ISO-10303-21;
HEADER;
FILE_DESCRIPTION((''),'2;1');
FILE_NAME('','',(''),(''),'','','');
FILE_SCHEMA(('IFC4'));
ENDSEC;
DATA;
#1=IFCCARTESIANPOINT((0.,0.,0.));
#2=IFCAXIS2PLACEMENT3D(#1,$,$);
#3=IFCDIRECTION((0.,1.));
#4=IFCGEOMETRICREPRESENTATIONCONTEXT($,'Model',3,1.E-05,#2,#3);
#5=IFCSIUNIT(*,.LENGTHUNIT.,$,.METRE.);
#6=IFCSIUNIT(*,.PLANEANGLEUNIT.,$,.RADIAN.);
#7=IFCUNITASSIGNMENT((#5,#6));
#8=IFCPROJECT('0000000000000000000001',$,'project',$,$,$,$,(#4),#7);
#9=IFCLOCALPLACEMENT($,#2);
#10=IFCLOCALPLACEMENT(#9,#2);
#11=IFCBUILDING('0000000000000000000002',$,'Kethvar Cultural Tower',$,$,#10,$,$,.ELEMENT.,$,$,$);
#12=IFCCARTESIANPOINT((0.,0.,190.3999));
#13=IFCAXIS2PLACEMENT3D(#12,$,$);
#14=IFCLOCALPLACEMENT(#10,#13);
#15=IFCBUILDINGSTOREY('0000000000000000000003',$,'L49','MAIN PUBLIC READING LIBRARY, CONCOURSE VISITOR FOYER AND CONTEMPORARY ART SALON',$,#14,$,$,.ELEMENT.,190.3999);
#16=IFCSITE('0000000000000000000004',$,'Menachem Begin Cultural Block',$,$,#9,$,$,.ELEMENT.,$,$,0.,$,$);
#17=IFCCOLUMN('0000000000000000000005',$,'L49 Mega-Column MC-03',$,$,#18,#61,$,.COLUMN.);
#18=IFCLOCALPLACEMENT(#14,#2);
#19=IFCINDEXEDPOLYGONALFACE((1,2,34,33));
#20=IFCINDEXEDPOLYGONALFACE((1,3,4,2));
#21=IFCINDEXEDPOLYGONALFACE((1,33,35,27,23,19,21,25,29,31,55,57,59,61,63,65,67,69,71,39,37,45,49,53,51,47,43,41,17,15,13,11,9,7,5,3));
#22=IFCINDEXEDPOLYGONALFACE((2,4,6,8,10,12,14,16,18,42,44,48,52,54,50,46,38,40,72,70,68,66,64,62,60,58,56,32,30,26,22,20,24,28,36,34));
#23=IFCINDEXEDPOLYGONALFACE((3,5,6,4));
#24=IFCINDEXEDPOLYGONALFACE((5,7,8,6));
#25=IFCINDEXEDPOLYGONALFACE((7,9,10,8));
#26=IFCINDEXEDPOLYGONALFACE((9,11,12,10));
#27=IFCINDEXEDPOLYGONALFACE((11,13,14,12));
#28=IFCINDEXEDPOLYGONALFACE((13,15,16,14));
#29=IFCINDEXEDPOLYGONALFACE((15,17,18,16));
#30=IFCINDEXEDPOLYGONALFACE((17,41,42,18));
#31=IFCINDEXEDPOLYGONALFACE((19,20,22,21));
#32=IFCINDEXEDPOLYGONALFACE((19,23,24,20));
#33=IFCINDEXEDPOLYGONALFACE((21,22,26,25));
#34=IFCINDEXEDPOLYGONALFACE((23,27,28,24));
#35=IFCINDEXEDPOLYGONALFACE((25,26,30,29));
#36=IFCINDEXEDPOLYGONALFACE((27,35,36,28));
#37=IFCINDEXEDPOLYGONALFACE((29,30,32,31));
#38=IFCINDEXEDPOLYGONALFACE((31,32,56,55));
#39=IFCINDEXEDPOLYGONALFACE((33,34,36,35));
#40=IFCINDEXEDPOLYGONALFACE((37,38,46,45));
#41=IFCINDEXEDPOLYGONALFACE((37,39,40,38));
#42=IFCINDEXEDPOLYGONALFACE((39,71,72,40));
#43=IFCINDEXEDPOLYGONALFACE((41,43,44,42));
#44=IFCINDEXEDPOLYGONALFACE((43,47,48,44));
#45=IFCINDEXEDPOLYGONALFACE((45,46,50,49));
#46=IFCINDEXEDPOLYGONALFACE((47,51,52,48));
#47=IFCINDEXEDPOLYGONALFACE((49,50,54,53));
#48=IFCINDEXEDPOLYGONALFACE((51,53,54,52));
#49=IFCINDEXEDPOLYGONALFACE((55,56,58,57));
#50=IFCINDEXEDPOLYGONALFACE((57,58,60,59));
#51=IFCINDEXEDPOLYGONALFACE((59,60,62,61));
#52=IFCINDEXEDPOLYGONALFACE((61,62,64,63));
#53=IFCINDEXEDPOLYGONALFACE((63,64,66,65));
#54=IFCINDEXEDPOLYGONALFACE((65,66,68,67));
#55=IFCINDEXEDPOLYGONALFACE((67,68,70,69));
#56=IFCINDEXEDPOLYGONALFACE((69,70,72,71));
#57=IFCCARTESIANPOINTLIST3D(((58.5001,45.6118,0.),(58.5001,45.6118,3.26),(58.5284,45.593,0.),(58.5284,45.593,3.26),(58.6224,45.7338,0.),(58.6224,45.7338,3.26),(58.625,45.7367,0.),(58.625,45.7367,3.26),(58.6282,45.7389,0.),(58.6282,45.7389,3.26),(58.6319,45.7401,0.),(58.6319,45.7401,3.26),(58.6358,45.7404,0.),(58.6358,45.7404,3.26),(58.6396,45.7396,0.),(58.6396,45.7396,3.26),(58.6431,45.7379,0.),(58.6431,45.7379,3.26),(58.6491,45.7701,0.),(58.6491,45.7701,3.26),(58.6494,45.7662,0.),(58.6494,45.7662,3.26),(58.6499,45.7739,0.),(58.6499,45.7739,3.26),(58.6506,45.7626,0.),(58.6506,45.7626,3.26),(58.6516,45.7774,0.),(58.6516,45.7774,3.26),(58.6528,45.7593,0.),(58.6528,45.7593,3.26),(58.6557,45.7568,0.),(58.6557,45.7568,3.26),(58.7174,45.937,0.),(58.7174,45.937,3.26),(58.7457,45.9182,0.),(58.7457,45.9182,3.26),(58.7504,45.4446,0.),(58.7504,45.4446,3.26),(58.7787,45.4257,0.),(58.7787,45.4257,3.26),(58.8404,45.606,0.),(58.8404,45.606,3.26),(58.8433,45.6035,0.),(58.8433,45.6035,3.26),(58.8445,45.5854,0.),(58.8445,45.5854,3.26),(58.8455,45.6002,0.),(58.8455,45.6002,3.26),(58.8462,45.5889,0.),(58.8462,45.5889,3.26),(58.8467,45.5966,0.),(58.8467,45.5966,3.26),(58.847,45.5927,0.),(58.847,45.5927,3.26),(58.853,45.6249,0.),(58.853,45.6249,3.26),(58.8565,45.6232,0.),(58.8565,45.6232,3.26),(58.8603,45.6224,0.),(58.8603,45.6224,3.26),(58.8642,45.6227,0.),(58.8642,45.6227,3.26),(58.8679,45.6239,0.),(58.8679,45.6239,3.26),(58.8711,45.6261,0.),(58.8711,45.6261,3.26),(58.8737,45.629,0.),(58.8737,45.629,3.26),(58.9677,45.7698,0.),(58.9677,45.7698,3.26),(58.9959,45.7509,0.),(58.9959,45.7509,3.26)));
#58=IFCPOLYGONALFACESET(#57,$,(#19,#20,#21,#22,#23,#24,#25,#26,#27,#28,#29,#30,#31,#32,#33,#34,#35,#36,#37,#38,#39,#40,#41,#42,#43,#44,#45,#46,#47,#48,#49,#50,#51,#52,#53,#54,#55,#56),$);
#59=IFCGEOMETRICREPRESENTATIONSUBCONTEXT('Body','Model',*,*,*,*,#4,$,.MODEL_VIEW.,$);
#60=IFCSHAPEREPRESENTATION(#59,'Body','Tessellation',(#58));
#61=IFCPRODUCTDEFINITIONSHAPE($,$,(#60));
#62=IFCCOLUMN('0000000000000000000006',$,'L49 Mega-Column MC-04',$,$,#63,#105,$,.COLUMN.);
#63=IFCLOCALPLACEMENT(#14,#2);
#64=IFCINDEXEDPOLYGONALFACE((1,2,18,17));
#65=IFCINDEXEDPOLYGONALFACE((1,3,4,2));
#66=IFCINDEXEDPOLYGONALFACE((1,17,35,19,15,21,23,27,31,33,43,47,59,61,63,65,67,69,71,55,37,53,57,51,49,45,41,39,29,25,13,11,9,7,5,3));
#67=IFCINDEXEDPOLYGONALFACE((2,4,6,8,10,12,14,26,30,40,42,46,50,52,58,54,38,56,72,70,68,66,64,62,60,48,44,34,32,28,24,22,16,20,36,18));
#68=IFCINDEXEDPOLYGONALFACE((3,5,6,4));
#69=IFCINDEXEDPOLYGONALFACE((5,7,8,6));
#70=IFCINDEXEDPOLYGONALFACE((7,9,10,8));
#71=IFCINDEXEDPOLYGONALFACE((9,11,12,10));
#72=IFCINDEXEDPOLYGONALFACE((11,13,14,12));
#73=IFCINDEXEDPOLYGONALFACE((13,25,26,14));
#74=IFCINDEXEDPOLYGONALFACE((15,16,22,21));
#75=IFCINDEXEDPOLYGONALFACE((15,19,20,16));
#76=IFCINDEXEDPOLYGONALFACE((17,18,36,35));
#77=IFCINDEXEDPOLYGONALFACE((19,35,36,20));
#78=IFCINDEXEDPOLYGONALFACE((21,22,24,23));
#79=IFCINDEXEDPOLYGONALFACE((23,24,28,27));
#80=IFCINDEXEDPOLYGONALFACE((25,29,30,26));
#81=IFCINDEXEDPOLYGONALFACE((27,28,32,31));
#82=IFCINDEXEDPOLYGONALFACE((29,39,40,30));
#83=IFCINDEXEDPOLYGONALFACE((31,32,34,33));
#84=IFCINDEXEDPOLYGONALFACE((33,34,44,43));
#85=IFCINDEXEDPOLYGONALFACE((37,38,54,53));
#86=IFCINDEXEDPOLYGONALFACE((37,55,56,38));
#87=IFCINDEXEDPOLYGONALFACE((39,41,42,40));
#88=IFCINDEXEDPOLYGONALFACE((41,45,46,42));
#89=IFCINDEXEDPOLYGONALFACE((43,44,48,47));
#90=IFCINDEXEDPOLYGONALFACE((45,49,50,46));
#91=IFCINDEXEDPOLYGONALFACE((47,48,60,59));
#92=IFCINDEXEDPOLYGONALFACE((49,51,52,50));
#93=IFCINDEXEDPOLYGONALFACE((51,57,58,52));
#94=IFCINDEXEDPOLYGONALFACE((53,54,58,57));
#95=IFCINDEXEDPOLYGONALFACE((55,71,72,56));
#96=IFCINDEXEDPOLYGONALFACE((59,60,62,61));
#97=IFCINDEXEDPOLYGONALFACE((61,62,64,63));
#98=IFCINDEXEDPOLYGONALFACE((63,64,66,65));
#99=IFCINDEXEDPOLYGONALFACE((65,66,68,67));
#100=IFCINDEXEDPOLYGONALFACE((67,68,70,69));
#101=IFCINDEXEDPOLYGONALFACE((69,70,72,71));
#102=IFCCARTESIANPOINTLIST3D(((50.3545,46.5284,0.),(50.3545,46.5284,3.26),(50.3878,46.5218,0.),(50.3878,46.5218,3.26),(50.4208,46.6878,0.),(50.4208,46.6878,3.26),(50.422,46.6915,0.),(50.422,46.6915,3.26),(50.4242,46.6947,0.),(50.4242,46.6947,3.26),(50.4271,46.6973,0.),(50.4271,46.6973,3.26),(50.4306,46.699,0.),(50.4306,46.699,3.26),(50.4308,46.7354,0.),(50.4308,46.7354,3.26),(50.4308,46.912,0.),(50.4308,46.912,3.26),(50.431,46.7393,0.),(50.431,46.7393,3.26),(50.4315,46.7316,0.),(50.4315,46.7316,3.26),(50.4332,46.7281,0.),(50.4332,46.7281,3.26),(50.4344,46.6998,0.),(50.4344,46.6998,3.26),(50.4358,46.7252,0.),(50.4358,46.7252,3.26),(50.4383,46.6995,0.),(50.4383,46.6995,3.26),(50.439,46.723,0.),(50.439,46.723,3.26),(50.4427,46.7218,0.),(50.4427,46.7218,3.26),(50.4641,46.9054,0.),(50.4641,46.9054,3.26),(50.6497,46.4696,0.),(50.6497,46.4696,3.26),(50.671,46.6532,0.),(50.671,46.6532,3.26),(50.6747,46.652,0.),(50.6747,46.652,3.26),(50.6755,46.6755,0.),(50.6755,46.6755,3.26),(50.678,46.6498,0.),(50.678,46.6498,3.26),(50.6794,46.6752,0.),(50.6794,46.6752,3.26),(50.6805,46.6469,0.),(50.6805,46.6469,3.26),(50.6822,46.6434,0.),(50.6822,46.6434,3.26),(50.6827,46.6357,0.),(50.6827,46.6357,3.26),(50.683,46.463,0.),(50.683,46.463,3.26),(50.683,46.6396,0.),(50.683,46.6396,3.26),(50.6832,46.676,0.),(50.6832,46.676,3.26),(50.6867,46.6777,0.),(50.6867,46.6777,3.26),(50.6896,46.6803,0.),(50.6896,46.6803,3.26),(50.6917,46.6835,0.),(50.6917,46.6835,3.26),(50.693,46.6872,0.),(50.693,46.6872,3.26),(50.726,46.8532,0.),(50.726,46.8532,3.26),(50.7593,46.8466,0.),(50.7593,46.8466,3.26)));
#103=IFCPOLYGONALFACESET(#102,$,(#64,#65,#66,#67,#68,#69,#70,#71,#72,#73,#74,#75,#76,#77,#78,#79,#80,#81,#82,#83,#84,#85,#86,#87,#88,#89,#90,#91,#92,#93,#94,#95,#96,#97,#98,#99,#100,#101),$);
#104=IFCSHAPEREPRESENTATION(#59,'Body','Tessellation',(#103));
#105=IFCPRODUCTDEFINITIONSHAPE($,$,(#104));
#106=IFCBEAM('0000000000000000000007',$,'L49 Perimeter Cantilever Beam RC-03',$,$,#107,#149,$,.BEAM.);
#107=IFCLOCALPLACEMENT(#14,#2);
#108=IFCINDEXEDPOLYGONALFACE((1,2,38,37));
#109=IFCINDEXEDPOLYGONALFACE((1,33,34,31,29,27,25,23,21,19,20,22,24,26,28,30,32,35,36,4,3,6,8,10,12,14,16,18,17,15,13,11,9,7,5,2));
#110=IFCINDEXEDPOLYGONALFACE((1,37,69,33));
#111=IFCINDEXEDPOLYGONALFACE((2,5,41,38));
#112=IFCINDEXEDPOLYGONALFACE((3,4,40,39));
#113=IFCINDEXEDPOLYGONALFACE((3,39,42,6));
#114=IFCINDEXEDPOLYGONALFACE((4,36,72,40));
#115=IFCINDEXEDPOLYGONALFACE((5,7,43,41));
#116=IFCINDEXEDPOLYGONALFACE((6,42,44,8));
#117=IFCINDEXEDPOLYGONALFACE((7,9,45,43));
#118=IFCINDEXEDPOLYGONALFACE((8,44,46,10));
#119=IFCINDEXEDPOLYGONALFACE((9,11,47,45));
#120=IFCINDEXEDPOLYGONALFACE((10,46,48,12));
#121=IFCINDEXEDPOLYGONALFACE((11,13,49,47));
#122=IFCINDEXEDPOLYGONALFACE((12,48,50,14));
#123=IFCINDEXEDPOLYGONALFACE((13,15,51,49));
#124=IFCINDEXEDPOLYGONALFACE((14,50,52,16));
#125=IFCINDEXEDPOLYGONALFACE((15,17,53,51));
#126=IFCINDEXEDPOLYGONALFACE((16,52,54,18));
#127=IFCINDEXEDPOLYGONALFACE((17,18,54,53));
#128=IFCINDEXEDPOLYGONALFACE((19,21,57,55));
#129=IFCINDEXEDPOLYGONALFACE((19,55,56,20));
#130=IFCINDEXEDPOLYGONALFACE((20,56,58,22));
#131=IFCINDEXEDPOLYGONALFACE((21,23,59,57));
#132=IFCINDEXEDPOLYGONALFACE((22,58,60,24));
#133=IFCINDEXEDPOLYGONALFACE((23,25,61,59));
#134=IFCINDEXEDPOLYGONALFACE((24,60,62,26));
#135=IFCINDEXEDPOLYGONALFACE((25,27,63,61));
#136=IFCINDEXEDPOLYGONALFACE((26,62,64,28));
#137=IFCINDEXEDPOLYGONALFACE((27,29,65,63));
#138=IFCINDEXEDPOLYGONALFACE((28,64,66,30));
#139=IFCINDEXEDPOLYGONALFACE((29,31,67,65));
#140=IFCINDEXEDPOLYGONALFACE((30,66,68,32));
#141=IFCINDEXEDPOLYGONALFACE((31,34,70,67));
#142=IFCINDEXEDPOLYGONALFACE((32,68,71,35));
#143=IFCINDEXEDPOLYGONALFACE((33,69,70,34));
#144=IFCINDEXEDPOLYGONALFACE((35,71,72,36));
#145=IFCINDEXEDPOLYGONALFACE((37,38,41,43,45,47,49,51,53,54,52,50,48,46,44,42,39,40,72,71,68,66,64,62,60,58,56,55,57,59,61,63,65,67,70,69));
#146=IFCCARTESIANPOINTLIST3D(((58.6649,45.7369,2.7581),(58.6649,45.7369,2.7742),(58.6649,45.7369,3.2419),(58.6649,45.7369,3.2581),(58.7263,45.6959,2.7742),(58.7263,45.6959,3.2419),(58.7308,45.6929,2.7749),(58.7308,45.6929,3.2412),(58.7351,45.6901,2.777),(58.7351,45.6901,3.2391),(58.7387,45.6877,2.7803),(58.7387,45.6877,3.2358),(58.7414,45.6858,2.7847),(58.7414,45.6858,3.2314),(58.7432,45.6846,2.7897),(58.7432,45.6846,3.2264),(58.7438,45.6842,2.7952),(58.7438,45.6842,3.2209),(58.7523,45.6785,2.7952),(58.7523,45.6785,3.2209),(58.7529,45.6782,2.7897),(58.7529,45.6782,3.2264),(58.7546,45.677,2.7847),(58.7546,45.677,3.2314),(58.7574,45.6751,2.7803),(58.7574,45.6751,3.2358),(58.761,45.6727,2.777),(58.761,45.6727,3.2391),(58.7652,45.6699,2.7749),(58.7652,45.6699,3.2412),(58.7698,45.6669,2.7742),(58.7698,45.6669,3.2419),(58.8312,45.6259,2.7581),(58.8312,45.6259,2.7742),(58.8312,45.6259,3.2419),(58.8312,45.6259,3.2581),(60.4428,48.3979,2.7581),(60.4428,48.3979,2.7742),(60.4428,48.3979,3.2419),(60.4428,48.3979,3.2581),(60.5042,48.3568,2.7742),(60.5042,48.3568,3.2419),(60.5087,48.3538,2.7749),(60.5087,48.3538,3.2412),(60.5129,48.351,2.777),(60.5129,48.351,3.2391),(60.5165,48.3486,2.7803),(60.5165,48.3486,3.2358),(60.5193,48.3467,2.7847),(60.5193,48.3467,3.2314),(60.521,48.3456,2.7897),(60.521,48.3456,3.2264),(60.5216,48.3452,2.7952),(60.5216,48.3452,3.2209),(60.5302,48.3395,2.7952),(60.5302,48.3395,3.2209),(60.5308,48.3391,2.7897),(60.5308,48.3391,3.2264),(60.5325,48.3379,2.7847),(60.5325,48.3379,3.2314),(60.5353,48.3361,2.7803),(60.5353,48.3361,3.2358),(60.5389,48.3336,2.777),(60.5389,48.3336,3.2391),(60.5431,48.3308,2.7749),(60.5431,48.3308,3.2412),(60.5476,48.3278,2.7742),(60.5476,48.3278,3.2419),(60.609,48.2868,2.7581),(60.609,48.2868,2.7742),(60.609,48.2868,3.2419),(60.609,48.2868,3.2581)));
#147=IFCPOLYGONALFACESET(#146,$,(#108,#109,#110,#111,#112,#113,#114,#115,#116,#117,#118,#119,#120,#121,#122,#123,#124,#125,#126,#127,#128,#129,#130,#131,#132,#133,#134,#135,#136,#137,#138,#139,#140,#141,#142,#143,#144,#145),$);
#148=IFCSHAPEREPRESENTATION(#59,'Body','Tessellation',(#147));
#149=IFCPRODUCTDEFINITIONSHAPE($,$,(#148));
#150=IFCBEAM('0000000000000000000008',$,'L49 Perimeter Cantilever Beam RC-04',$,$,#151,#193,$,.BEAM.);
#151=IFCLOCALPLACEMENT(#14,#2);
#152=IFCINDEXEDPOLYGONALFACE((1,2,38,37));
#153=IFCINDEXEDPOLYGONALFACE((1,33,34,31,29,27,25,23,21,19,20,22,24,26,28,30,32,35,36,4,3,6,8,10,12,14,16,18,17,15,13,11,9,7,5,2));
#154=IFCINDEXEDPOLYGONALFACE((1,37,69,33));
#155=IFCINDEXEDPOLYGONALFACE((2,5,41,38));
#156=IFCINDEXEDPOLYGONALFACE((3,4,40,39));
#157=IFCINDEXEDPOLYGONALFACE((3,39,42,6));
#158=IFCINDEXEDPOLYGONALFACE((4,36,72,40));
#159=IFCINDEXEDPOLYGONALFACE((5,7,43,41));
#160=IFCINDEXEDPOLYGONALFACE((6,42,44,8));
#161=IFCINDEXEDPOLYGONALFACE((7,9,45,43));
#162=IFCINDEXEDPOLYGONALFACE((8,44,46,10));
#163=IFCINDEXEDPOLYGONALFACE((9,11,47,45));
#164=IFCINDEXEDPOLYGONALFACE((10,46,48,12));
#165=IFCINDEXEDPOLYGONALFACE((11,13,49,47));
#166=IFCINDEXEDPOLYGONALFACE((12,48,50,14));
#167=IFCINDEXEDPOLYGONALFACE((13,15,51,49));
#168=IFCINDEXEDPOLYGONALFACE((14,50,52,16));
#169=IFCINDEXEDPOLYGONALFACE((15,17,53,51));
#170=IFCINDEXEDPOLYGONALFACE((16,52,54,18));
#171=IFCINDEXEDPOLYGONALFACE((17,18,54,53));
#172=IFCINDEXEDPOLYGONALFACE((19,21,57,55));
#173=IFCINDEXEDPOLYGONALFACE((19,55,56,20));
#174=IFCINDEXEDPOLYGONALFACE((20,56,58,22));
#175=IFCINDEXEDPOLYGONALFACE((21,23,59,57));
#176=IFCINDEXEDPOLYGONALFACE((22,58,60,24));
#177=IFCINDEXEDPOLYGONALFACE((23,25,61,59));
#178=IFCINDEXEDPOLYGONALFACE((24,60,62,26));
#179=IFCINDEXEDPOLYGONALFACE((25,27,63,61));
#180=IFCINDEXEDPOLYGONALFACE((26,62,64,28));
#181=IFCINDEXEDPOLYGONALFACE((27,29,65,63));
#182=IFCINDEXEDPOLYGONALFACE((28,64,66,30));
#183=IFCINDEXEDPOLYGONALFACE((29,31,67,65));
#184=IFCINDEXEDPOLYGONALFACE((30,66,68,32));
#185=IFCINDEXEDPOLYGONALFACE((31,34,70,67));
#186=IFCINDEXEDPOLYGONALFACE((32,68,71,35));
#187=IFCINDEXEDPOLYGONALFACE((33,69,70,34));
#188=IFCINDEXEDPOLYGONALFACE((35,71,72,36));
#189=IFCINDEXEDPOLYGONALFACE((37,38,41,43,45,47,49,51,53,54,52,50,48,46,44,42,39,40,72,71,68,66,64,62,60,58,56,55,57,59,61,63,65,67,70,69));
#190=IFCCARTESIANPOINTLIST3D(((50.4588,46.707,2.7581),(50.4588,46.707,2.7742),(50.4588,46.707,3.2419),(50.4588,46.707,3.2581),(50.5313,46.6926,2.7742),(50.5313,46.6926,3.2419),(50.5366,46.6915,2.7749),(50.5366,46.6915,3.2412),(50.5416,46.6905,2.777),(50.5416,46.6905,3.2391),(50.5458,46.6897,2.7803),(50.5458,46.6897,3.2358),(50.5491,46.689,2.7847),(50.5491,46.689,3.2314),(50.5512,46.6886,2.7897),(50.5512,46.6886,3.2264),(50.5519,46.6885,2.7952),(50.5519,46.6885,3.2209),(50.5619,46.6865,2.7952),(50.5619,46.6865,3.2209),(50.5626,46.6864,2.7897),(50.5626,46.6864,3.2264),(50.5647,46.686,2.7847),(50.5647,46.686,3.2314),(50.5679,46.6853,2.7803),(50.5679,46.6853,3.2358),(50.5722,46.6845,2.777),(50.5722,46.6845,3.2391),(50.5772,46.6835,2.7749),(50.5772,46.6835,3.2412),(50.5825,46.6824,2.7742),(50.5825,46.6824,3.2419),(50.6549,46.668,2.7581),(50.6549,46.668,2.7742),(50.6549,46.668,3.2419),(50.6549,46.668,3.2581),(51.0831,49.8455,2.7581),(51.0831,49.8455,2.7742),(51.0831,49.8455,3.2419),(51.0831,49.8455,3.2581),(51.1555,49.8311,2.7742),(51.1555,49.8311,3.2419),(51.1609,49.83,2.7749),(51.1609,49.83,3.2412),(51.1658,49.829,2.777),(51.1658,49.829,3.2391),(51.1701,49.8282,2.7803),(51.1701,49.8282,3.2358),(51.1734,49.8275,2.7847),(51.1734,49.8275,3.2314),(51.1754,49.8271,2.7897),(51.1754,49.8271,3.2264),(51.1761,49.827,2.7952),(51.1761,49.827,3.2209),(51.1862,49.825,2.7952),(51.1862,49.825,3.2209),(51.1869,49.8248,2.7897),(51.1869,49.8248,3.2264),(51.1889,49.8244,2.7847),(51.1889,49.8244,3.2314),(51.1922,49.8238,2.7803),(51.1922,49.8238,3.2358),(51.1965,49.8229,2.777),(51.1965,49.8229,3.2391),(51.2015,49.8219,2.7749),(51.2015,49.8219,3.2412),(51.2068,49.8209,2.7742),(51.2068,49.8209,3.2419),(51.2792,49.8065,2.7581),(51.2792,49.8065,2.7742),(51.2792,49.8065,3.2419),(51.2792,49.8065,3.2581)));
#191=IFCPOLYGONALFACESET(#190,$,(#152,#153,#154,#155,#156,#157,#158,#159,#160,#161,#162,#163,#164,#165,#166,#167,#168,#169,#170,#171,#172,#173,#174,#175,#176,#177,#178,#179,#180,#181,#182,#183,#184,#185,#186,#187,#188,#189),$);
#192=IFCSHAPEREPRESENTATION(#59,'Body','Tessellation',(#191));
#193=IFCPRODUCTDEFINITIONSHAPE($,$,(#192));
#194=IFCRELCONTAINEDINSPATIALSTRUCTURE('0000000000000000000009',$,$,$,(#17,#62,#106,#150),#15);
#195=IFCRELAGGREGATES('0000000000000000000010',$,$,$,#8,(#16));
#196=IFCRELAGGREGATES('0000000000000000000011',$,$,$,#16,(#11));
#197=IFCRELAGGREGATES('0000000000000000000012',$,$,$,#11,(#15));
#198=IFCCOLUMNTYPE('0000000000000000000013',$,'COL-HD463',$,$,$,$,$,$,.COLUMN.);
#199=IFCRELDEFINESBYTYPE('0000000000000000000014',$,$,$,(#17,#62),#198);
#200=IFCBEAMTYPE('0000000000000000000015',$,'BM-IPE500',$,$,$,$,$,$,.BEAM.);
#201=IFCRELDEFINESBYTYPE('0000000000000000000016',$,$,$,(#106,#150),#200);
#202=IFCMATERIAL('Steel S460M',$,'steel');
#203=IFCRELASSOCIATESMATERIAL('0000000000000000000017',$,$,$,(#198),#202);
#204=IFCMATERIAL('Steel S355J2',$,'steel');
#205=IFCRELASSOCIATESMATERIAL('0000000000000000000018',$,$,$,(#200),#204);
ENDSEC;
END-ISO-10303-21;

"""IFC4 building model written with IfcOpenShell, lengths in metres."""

from ifc_helpers import new_model, si_unit, direction, frame, origin, origin_2d, place, context, subcontext, project, spatial, i_section, extrude, source, transform, mapped, material, material_profile, profile_set, type_object, element, save


model = new_model("IFC4")

# Units and contexts
model_context = context("Model", 3, precision=1e-05, world=origin(), true_north=direction((0.0, 1.0)))
body_context = subcontext(model_context, "Body", "Model", "MODEL_VIEW")
ifc_project = project(units=[si_unit("LENGTHUNIT", "METRE"), si_unit("PLANEANGLEUNIT", "RADIAN")], contexts=[model_context])

# Site, building, storey
site_placement = place(None, origin())
site = spatial("IfcSite", under=ifc_project, at=site_placement, Name="Menachem Begin Cultural Block", CompositionType="ELEMENT", RefElevation=0.0)
building_placement = place(site_placement, origin())
building = spatial("IfcBuilding", under=site, at=building_placement, Name="Kethvar Cultural Tower", CompositionType="ELEMENT")
storey_placement = place(building_placement, frame((0.0, 0.0, 190.3999)))
storey = spatial("IfcBuildingStorey", under=building, at=storey_placement, Name="L49", Description="MAIN PUBLIC READING LIBRARY, CONCOURSE VISITOR FOYER AND CONTEMPORARY ART SALON", CompositionType="ELEMENT", Elevation=190.3999)

# Columns
ifc_material_1 = material(Name="Steel S460M", Category="steel")
ifc_material_profile_1 = material_profile(ifc_material_1, i_section(OverallWidth=0.3911, OverallDepth=0.335, WebThickness=0.0227, FlangeThickness=0.0339, FilletRadius=0.0149, at=origin_2d()), Name="Steel S460M — HD400x463")
ifc_profile_set_1 = profile_set([ifc_material_profile_1], Name="Steel S460M — HD400x463")
column_type = type_object("IfcColumnType", Name="COL-HD463", PredefinedType="COLUMN", material=ifc_profile_set_1)
shared_shape_1 = source(origin(), body_context, "Body", "SweptSolid", [
    extrude(i_section(OverallWidth=0.3911, OverallDepth=0.335, WebThickness=0.0227, FlangeThickness=0.0339, FilletRadius=0.0149, at=origin_2d()), origin(), (0.0, 0.0, 1.0), 3.26),
])
for number, where, z_axis, x_axis, name in (
    (1, (58.748, 45.6814, 0.0), (0.0, 0.0, 1.0), (0.55557, 0.83147, 0.0), "L49 Mega-Column MC-03"),
    (2, (50.5569, 46.6875, 0.0), (0.0, 0.0, 1.0), (0.19509, 0.980785, 0.0), "L49 Mega-Column MC-04"),
):
    element("IfcColumn", number, at=place(storey_placement, frame(where, z_axis=z_axis, x_axis=x_axis)), inside=storey, type_object=column_type, Name=name, PredefinedType="COLUMN", context=body_context, shape_type="MappedRepresentation", body=[
        mapped(shared_shape_1, transform((0.0, 0.0, 0.0), scale=1.0)),
    ])

# Beams
ifc_material_2 = material(Name="Steel S355J2", Category="steel")
ifc_material_profile_2 = material_profile(ifc_material_2, i_section(OverallWidth=0.2, OverallDepth=0.5, WebThickness=0.0103, FlangeThickness=0.0161, FilletRadius=0.021, at=origin_2d()), Name="Steel S355J2 — IPE500")
ifc_profile_set_2 = profile_set([ifc_material_profile_2], Name="Steel S355J2 — IPE500")
beam_type_1 = type_object("IfcBeamType", Name="BM-IPE500", PredefinedType="BEAM", material=ifc_profile_set_2)
shared_shape_2 = source(origin(), body_context, "Body", "SweptSolid", [
    extrude(i_section(OverallWidth=0.2, OverallDepth=0.5, WebThickness=0.0103, FlangeThickness=0.0161, FilletRadius=0.021, at=origin_2d()), origin(), (0.0, 0.0, 1.0), 3.2002),
])
beam_1_placement = place(storey_placement, frame((58.748, 45.6814, 3.0081), z_axis=(0.555545, 0.831486, 0.0), x_axis=(-0.831486, 0.555545, 0.0)))
element("IfcBeam", 3, at=beam_1_placement, inside=storey, type_object=beam_type_1, Name="L49 Perimeter Cantilever Beam RC-03", PredefinedType="BEAM", context=body_context, shape_type="MappedRepresentation", body=[
    mapped(shared_shape_2, transform((0.0, 0.0, 0.0), scale=1.0)),
])
shared_shape_3 = source(origin(), body_context, "Body", "SweptSolid", [
    extrude(i_section(OverallWidth=0.2, OverallDepth=0.5, WebThickness=0.0103, FlangeThickness=0.0161, FilletRadius=0.021, at=origin_2d()), origin(), (0.0, 0.0, 1.0), 3.2),
])
beam_2_placement = place(storey_placement, frame((50.5569, 46.6875, 3.0081), z_axis=(0.195089, 0.980786, 0.0), x_axis=(-0.980786, 0.195089, 0.0)))
element("IfcBeam", 4, at=beam_2_placement, inside=storey, type_object=beam_type_1, Name="L49 Perimeter Cantilever Beam RC-04", PredefinedType="BEAM", context=body_context, shape_type="MappedRepresentation", body=[
    mapped(shared_shape_3, transform((0.0, 0.0, 0.0), scale=1.0)),
])

save(model, "model.ifc")
